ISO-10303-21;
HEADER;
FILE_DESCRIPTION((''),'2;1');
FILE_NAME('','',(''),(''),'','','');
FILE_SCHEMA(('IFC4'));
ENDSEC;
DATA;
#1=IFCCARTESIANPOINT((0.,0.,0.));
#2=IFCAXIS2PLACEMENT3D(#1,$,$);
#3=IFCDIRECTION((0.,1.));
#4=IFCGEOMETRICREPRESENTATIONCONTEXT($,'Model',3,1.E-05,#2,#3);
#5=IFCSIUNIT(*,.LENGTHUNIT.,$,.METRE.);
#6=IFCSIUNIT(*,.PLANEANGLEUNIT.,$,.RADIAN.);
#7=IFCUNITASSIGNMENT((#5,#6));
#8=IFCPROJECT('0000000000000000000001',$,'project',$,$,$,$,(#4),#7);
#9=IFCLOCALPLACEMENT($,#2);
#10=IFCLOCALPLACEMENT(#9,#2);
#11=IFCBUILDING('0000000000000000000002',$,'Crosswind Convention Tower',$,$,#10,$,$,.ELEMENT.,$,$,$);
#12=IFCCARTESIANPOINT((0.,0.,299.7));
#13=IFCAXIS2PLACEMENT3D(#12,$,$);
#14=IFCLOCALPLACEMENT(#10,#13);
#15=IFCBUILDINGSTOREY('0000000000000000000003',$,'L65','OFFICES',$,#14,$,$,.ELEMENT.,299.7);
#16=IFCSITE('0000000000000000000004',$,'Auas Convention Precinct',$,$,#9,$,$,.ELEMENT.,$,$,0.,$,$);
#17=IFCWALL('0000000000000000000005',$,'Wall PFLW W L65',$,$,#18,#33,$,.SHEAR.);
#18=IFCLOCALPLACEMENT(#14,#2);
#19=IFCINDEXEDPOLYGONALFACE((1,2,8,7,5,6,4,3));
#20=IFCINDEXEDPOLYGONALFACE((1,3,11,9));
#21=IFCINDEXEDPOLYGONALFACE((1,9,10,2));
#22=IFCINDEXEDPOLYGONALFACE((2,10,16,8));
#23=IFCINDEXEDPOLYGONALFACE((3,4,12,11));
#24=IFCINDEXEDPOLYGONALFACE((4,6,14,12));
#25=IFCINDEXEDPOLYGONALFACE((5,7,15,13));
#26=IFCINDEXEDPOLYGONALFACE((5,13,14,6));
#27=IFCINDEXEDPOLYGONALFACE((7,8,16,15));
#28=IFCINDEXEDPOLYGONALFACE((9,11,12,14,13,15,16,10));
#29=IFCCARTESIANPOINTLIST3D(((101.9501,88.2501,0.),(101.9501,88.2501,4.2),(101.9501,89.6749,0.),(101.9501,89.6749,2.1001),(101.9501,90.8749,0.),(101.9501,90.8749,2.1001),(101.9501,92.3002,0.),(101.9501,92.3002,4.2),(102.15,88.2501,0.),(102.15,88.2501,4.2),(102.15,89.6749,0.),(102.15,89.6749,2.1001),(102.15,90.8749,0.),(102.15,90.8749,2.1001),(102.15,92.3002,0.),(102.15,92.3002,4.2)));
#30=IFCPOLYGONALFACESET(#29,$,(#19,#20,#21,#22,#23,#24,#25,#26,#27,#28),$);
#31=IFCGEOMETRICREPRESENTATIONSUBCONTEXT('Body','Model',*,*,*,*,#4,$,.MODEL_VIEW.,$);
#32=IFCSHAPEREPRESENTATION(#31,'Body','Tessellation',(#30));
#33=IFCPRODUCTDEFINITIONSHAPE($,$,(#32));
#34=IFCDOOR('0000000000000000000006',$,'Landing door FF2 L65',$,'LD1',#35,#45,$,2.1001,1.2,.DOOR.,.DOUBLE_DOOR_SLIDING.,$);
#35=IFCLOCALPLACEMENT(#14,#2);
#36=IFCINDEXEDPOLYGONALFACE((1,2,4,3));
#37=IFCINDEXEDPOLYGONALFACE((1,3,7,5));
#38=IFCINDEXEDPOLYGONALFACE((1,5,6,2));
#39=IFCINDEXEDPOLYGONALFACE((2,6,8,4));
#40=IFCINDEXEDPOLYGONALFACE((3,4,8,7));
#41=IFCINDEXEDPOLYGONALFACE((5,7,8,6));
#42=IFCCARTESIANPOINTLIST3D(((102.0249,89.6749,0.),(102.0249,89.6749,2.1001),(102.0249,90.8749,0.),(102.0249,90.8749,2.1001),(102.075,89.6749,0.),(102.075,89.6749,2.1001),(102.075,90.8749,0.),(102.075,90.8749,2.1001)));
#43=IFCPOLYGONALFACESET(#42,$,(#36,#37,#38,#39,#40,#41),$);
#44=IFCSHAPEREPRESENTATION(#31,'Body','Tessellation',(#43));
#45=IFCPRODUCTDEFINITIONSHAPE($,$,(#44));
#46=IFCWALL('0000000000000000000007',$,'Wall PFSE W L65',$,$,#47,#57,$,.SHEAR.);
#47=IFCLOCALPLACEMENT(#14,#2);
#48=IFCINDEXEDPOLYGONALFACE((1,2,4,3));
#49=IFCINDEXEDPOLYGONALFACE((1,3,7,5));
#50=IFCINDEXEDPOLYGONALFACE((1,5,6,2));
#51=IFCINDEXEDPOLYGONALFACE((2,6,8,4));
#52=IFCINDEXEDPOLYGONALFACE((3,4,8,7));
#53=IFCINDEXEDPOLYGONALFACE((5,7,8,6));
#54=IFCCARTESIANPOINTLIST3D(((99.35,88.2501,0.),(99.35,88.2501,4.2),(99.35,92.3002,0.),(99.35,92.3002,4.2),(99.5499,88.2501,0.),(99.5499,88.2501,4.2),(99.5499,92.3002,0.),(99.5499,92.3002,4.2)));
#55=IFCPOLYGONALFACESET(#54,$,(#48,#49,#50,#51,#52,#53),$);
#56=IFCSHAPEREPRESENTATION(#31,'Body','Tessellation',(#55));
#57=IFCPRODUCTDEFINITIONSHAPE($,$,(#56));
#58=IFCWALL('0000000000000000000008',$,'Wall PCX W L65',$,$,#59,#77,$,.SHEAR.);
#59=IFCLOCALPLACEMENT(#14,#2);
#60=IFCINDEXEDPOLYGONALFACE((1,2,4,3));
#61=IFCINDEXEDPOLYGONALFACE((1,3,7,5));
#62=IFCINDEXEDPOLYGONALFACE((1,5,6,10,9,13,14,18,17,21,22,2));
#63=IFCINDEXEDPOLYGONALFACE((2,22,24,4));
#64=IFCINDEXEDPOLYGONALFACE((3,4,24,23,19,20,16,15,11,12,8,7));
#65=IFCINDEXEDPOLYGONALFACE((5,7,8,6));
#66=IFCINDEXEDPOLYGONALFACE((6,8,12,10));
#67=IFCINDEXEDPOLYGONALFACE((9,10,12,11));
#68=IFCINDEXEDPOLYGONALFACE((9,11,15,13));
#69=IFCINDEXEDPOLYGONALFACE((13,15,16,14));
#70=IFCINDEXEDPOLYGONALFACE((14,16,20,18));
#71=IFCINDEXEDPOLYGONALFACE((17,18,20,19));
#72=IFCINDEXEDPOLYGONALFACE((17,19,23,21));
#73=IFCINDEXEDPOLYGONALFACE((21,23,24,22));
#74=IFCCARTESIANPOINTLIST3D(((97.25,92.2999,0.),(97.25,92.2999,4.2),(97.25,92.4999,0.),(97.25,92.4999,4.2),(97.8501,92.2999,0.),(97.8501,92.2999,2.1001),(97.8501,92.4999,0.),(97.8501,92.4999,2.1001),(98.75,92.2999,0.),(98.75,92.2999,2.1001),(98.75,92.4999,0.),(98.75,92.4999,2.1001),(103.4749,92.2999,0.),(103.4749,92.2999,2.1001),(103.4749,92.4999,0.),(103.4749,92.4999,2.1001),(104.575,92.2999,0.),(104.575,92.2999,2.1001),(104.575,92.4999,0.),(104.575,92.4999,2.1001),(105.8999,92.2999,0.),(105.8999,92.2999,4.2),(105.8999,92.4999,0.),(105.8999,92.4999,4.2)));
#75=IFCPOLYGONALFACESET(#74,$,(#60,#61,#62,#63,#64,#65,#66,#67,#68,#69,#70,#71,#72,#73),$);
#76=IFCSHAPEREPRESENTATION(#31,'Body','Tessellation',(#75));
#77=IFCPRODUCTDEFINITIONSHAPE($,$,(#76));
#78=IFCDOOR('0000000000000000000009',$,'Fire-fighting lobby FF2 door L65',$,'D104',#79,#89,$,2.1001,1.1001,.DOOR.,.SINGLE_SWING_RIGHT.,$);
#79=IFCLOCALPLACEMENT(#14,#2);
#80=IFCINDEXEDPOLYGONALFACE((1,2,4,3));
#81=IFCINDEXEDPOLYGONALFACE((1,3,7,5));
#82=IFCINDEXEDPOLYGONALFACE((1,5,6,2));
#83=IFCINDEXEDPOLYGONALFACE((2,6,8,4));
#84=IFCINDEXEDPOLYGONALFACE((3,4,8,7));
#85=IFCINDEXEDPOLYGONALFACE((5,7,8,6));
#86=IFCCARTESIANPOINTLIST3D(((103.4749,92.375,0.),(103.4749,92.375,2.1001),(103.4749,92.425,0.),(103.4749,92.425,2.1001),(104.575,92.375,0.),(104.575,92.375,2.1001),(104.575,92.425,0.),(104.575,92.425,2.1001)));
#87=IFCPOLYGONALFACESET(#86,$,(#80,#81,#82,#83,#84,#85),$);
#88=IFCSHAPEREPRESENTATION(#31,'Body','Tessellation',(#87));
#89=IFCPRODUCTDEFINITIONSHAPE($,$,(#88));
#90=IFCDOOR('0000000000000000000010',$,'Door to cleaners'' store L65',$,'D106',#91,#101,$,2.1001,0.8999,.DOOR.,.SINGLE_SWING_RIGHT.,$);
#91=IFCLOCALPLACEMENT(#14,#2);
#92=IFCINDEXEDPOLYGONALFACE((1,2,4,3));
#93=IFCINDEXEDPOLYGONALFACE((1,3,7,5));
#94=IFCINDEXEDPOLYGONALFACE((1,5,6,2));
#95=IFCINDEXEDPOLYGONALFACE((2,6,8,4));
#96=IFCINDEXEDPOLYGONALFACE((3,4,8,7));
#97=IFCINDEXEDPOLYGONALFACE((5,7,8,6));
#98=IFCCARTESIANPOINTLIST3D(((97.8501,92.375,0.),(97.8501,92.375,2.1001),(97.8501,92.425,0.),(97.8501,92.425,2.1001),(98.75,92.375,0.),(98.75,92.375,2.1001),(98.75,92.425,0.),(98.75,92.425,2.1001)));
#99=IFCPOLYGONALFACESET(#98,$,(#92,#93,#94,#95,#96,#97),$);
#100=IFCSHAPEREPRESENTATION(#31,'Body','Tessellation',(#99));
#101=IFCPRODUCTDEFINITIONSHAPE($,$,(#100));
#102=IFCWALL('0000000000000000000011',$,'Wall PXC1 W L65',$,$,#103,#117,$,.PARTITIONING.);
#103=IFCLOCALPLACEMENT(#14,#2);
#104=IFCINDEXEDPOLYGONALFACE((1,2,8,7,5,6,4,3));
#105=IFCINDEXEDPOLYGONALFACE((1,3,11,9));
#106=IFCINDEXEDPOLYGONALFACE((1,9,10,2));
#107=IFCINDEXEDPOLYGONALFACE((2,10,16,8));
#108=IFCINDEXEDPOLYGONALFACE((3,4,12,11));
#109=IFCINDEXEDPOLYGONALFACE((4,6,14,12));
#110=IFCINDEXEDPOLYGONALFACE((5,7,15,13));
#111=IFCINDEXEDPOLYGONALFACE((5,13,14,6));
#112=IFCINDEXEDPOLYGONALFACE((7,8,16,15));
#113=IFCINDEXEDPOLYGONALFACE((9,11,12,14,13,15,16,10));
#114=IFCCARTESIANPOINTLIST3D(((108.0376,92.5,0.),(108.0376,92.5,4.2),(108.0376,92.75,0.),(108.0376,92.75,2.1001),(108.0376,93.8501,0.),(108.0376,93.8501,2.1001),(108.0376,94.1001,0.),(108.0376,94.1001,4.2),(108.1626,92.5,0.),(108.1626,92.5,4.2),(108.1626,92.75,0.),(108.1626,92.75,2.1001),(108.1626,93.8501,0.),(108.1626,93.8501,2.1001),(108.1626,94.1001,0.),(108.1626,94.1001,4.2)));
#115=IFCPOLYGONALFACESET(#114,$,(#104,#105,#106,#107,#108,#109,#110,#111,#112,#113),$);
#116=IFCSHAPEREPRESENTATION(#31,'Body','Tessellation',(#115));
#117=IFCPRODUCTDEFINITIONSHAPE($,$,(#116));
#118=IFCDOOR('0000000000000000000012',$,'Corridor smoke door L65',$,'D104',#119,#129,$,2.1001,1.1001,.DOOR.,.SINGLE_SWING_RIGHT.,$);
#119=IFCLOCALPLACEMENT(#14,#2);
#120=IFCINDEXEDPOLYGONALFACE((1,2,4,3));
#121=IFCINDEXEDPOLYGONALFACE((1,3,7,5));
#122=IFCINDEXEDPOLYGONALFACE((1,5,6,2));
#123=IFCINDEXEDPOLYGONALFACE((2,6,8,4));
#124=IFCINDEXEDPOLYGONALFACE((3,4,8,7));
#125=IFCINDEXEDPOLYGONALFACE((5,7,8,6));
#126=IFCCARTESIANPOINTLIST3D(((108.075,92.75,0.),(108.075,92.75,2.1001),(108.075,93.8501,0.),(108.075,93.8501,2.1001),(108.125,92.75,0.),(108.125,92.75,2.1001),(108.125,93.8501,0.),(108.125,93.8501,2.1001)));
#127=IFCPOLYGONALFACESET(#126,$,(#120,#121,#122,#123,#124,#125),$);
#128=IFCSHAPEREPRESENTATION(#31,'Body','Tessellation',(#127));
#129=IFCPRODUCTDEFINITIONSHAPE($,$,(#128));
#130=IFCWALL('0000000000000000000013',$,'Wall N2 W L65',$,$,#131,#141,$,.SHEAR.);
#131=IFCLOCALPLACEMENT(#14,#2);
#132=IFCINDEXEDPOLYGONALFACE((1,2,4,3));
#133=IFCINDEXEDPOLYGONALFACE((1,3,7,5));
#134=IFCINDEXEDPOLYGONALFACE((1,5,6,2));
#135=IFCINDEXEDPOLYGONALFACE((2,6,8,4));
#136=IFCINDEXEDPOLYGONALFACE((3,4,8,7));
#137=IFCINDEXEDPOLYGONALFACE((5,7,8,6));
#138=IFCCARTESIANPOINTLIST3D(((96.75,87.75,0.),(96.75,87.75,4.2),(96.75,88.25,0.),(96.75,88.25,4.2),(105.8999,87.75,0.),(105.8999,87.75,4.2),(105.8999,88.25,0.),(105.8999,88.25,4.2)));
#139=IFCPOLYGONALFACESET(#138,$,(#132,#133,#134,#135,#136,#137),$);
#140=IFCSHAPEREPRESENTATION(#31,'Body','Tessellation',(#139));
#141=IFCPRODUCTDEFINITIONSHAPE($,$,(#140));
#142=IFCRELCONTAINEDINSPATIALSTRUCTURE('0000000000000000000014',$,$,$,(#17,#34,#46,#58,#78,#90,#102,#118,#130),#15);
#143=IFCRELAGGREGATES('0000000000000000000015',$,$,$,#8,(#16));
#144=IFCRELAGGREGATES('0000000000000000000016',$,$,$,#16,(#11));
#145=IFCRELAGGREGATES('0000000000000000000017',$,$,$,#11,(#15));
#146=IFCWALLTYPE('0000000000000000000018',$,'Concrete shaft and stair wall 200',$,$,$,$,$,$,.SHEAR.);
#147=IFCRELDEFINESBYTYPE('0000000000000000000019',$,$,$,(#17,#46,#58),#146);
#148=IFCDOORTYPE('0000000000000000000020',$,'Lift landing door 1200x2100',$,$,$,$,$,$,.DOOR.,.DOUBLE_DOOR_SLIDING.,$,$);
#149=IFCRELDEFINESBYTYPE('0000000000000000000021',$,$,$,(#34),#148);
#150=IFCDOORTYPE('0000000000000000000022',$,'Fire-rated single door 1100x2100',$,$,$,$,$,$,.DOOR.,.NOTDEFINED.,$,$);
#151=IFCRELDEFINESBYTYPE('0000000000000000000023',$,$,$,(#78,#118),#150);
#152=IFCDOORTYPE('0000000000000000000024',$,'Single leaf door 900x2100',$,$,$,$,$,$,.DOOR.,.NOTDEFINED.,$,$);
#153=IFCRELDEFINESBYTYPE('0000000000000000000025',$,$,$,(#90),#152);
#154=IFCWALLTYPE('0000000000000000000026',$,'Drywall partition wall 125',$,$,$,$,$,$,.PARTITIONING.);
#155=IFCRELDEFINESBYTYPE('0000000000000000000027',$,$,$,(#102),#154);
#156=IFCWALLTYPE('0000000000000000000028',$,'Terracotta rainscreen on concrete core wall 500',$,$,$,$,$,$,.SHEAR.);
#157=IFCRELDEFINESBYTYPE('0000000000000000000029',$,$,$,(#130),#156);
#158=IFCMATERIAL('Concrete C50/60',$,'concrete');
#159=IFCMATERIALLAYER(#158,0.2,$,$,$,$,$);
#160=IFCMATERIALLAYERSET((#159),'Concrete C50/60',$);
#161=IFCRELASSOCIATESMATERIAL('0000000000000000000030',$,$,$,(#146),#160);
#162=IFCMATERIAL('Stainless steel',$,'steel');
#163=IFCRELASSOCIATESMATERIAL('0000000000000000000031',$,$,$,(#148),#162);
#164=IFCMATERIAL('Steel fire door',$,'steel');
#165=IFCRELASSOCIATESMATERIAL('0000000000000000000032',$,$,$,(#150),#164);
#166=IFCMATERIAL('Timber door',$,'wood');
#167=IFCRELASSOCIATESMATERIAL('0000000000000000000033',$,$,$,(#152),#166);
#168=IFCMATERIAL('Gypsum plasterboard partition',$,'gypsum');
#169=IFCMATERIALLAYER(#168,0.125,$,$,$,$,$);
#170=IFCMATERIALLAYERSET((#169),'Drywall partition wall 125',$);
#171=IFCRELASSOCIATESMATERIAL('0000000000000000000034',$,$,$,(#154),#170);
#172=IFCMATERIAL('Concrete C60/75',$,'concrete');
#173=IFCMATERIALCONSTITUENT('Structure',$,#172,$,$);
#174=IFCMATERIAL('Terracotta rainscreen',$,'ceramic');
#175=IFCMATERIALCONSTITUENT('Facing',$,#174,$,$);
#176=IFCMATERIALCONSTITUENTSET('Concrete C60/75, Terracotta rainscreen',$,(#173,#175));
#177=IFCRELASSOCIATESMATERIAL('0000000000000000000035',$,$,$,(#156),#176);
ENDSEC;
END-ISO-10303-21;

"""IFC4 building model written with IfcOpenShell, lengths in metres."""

from ifc_helpers import new_model, si_unit, direction, frame, frame_2d, origin, place, context, subcontext, project, spatial, rectangle, extrude, material, layer, layer_set, constituent, constituent_set, type_object, element, fill, save


model = new_model("IFC4")

# Units and contexts
model_context = context("Model", 3, precision=1e-05, world=origin(), true_north=direction((0.0, 1.0)))
body_context = subcontext(model_context, "Body", "Model", "MODEL_VIEW")
ifc_project = project(units=[si_unit("LENGTHUNIT", "METRE"), si_unit("PLANEANGLEUNIT", "RADIAN")], contexts=[model_context])

# Site, building, storey
site_placement = place(None, origin())
site = spatial("IfcSite", under=ifc_project, at=site_placement, Name="Auas Convention Precinct", CompositionType="ELEMENT", RefElevation=0.0)
building_placement = place(site_placement, origin())
building = spatial("IfcBuilding", under=site, at=building_placement, Name="Crosswind Convention Tower", CompositionType="ELEMENT")
storey_placement = place(building_placement, frame((0.0, 0.0, 299.7)))
storey = spatial("IfcBuildingStorey", under=building, at=storey_placement, Name="L65", Description="OFFICES", CompositionType="ELEMENT", Elevation=299.7)

# Shared definitions
ifc_material_1 = material(Name="Concrete C50/60", Category="concrete")
ifc_layer_1 = layer(ifc_material_1, 0.2)
ifc_layer_set_1 = layer_set([ifc_layer_1], Name="Concrete C50/60")
wall_type_1 = type_object("IfcWallType", Name="Concrete shaft and stair wall 200", PredefinedType="SHEAR", material=ifc_layer_set_1)

# Wall, opening, door
wall_1_placement = place(storey_placement, frame((102.05, 92.3, 0.0), z_axis=(0.0, 0.0, 1.0), x_axis=(0.0, -1.0, 0.0)))
wall_1 = element("IfcWall", 1, at=wall_1_placement, inside=storey, type_object=wall_type_1, Name="Wall PFLW W L65", PredefinedType="SHEAR", context=body_context, shape_type="SweptSolid", body=[
    extrude(rectangle(XDim=4.05, YDim=0.2, at=frame_2d((2.0249, 0.0))), origin(), (0.0, 0.0, 1.0), 4.2),
])
opening_1_placement = place(wall_1_placement, frame((1.425, 0.0, 0.0)))
opening_1 = element("IfcOpeningElement", 2, at=opening_1_placement, cuts=wall_1, PredefinedType="OPENING", context=body_context, shape_type="SweptSolid", body=[
    extrude(rectangle(XDim=1.2, YDim=2.1001, at=frame_2d((0.6001, 1.05))), frame((0.0, 0.1099, 0.0), z_axis=(0.0, -1.0, 0.0), x_axis=(1.0, 0.0, 0.0)), (0.0, 0.0, 1.0), 0.22),
])
ifc_material_2 = material(Name="Stainless steel", Category="steel")
door_type_1 = type_object("IfcDoorType", Name="Lift landing door 1200x2100", OperationType="DOUBLE_DOOR_SLIDING", PredefinedType="DOOR", material=ifc_material_2)
door_1_placement = place(opening_1_placement, origin())
door_1 = element("IfcDoor", 3, at=door_1_placement, inside=storey, type_object=door_type_1, Name="Landing door FF2 L65", ObjectType="LD1", OperationType="DOUBLE_DOOR_SLIDING", OverallHeight=2.1001, OverallWidth=1.2, PredefinedType="DOOR", context=body_context, shape_type="SweptSolid", body=[
    extrude(rectangle(XDim=1.2, YDim=2.1001, at=frame_2d((0.6001, 1.05))), frame((0.0, 0.0249, 0.0), z_axis=(0.0, -1.0, 0.0), x_axis=(1.0, 0.0, 0.0)), (0.0, 0.0, 1.0), 0.05),
])
fill(opening_1, door_1)

# Wall
wall_2_placement = place(storey_placement, frame((99.45, 92.3, 0.0), z_axis=(0.0, 0.0, 1.0), x_axis=(0.0, -1.0, 0.0)))
element("IfcWall", 4, at=wall_2_placement, inside=storey, type_object=wall_type_1, Name="Wall PFSE W L65", PredefinedType="SHEAR", context=body_context, shape_type="SweptSolid", body=[
    extrude(rectangle(XDim=4.05, YDim=0.2, at=frame_2d((2.0249, 0.0))), origin(), (0.0, 0.0, 1.0), 4.2),
])

# Wall, openings, doors
wall_3_placement = place(storey_placement, frame((105.8999, 92.3999, 0.0), z_axis=(0.0, 0.0, 1.0), x_axis=(-1.0, 0.0, 0.0)))
wall_3 = element("IfcWall", 5, at=wall_3_placement, inside=storey, type_object=wall_type_1, Name="Wall PCX W L65", PredefinedType="SHEAR", context=body_context, shape_type="SweptSolid", body=[
    extrude(rectangle(XDim=8.6499, YDim=0.2, at=frame_2d((4.325, 0.0))), origin(), (0.0, 0.0, 1.0), 4.2),
])
opening_2_placement = place(wall_3_placement, frame((1.325, 0.0, 0.0)))
opening_2 = element("IfcOpeningElement", 6, at=opening_2_placement, cuts=wall_3, PredefinedType="OPENING", context=body_context, shape_type="SweptSolid", body=[
    extrude(rectangle(XDim=1.1001, YDim=2.1001, at=frame_2d((0.55, 1.05))), frame((0.0, 0.1099, 0.0), z_axis=(0.0, -1.0, 0.0), x_axis=(1.0, 0.0, 0.0)), (0.0, 0.0, 1.0), 0.22),
])
opening_3_placement = place(wall_3_placement, frame((7.1499, 0.0, 0.0)))
opening_3 = element("IfcOpeningElement", 7, at=opening_3_placement, cuts=wall_3, PredefinedType="OPENING", context=body_context, shape_type="SweptSolid", body=[
    extrude(rectangle(XDim=0.8999, YDim=2.1001, at=frame_2d((0.45, 1.05))), frame((0.0, 0.1099, 0.0), z_axis=(0.0, -1.0, 0.0), x_axis=(1.0, 0.0, 0.0)), (0.0, 0.0, 1.0), 0.22),
])
ifc_material_3 = material(Name="Steel fire door", Category="steel")
door_type_2 = type_object("IfcDoorType", Name="Fire-rated single door 1100x2100", OperationType="NOTDEFINED", PredefinedType="DOOR", material=ifc_material_3)
door_2_placement = place(opening_2_placement, origin())
door_2 = element("IfcDoor", 8, at=door_2_placement, inside=storey, type_object=door_type_2, Name="Fire-fighting lobby FF2 door L65", ObjectType="D104", OperationType="SINGLE_SWING_RIGHT", OverallHeight=2.1001, OverallWidth=1.1001, PredefinedType="DOOR", context=body_context, shape_type="SweptSolid", body=[
    extrude(rectangle(XDim=1.1001, YDim=2.1001, at=frame_2d((0.55, 1.05))), frame((0.0, 0.0249, 0.0), z_axis=(0.0, -1.0, 0.0), x_axis=(1.0, 0.0, 0.0)), (0.0, 0.0, 1.0), 0.05),
])
fill(opening_2, door_2)
ifc_material_4 = material(Name="Timber door", Category="wood")
door_type_3 = type_object("IfcDoorType", Name="Single leaf door 900x2100", OperationType="NOTDEFINED", PredefinedType="DOOR", material=ifc_material_4)
door_3_placement = place(opening_3_placement, origin())
door_3 = element("IfcDoor", 9, at=door_3_placement, inside=storey, type_object=door_type_3, Name="Door to cleaners' store L65", ObjectType="D106", OperationType="SINGLE_SWING_RIGHT", OverallHeight=2.1001, OverallWidth=0.8999, PredefinedType="DOOR", context=body_context, shape_type="SweptSolid", body=[
    extrude(rectangle(XDim=0.8999, YDim=2.1001, at=frame_2d((0.45, 1.05))), frame((0.0, 0.0249, 0.0), z_axis=(0.0, -1.0, 0.0), x_axis=(1.0, 0.0, 0.0)), (0.0, 0.0, 1.0), 0.05),
])
fill(opening_3, door_3)

# Wall, opening, door
ifc_material_5 = material(Name="Gypsum plasterboard partition", Category="gypsum")
ifc_layer_2 = layer(ifc_material_5, 0.125)
ifc_layer_set_2 = layer_set([ifc_layer_2], Name="Drywall partition wall 125")
wall_type_2 = type_object("IfcWallType", Name="Drywall partition wall 125", PredefinedType="PARTITIONING", material=ifc_layer_set_2)
wall_4_placement = place(storey_placement, frame((108.1001, 94.1001, 0.0), z_axis=(0.0, 0.0, 1.0), x_axis=(0.0, -1.0, 0.0)))
wall_4 = element("IfcWall", 10, at=wall_4_placement, inside=storey, type_object=wall_type_2, Name="Wall PXC1 W L65", PredefinedType="PARTITIONING", context=body_context, shape_type="SweptSolid", body=[
    extrude(rectangle(XDim=1.6001, YDim=0.125, at=frame_2d((0.8, 0.0))), origin(), (0.0, 0.0, 1.0), 4.2),
])
opening_4_placement = place(wall_4_placement, frame((0.25, 0.0, 0.0)))
opening_4 = element("IfcOpeningElement", 11, at=opening_4_placement, cuts=wall_4, PredefinedType="OPENING", context=body_context, shape_type="SweptSolid", body=[
    extrude(rectangle(XDim=1.1001, YDim=2.1001, at=frame_2d((0.55, 1.05))), frame((0.0, 0.0725, 0.0), z_axis=(0.0, -1.0, 0.0), x_axis=(1.0, 0.0, 0.0)), (0.0, 0.0, 1.0), 0.145),
])
door_4_placement = place(opening_4_placement, origin())
door_4 = element("IfcDoor", 12, at=door_4_placement, inside=storey, type_object=door_type_2, Name="Corridor smoke door L65", ObjectType="D104", OperationType="SINGLE_SWING_RIGHT", OverallHeight=2.1001, OverallWidth=1.1001, PredefinedType="DOOR", context=body_context, shape_type="SweptSolid", body=[
    extrude(rectangle(XDim=1.1001, YDim=2.1001, at=frame_2d((0.55, 1.05))), frame((0.0, 0.0249, 0.0), z_axis=(0.0, -1.0, 0.0), x_axis=(1.0, 0.0, 0.0)), (0.0, 0.0, 1.0), 0.05),
])
fill(opening_4, door_4)

# Wall
ifc_material_6 = material(Name="Concrete C60/75", Category="concrete")
ifc_constituent_1 = constituent(ifc_material_6, Name="Structure")
ifc_material_7 = material(Name="Terracotta rainscreen", Category="ceramic")
ifc_constituent_2 = constituent(ifc_material_7, Name="Facing")
ifc_constituent_set = constituent_set(constituents=[ifc_constituent_1, ifc_constituent_2], Name="Concrete C60/75, Terracotta rainscreen")
wall_type_3 = type_object("IfcWallType", Name="Terracotta rainscreen on concrete core wall 500", PredefinedType="SHEAR", material=ifc_constituent_set)
wall_5_placement = place(storey_placement, frame((105.8999, 88.0, 0.0), z_axis=(0.0, 0.0, 1.0), x_axis=(-1.0, 0.0, 0.0)))
element("IfcWall", 13, at=wall_5_placement, inside=storey, type_object=wall_type_3, Name="Wall N2 W L65", PredefinedType="SHEAR", context=body_context, shape_type="SweptSolid", body=[
    extrude(rectangle(XDim=9.1499, YDim=0.5, at=frame_2d((4.575, 0.0))), origin(), (0.0, 0.0, 1.0), 4.2),
])

save(model, "model.ifc")
